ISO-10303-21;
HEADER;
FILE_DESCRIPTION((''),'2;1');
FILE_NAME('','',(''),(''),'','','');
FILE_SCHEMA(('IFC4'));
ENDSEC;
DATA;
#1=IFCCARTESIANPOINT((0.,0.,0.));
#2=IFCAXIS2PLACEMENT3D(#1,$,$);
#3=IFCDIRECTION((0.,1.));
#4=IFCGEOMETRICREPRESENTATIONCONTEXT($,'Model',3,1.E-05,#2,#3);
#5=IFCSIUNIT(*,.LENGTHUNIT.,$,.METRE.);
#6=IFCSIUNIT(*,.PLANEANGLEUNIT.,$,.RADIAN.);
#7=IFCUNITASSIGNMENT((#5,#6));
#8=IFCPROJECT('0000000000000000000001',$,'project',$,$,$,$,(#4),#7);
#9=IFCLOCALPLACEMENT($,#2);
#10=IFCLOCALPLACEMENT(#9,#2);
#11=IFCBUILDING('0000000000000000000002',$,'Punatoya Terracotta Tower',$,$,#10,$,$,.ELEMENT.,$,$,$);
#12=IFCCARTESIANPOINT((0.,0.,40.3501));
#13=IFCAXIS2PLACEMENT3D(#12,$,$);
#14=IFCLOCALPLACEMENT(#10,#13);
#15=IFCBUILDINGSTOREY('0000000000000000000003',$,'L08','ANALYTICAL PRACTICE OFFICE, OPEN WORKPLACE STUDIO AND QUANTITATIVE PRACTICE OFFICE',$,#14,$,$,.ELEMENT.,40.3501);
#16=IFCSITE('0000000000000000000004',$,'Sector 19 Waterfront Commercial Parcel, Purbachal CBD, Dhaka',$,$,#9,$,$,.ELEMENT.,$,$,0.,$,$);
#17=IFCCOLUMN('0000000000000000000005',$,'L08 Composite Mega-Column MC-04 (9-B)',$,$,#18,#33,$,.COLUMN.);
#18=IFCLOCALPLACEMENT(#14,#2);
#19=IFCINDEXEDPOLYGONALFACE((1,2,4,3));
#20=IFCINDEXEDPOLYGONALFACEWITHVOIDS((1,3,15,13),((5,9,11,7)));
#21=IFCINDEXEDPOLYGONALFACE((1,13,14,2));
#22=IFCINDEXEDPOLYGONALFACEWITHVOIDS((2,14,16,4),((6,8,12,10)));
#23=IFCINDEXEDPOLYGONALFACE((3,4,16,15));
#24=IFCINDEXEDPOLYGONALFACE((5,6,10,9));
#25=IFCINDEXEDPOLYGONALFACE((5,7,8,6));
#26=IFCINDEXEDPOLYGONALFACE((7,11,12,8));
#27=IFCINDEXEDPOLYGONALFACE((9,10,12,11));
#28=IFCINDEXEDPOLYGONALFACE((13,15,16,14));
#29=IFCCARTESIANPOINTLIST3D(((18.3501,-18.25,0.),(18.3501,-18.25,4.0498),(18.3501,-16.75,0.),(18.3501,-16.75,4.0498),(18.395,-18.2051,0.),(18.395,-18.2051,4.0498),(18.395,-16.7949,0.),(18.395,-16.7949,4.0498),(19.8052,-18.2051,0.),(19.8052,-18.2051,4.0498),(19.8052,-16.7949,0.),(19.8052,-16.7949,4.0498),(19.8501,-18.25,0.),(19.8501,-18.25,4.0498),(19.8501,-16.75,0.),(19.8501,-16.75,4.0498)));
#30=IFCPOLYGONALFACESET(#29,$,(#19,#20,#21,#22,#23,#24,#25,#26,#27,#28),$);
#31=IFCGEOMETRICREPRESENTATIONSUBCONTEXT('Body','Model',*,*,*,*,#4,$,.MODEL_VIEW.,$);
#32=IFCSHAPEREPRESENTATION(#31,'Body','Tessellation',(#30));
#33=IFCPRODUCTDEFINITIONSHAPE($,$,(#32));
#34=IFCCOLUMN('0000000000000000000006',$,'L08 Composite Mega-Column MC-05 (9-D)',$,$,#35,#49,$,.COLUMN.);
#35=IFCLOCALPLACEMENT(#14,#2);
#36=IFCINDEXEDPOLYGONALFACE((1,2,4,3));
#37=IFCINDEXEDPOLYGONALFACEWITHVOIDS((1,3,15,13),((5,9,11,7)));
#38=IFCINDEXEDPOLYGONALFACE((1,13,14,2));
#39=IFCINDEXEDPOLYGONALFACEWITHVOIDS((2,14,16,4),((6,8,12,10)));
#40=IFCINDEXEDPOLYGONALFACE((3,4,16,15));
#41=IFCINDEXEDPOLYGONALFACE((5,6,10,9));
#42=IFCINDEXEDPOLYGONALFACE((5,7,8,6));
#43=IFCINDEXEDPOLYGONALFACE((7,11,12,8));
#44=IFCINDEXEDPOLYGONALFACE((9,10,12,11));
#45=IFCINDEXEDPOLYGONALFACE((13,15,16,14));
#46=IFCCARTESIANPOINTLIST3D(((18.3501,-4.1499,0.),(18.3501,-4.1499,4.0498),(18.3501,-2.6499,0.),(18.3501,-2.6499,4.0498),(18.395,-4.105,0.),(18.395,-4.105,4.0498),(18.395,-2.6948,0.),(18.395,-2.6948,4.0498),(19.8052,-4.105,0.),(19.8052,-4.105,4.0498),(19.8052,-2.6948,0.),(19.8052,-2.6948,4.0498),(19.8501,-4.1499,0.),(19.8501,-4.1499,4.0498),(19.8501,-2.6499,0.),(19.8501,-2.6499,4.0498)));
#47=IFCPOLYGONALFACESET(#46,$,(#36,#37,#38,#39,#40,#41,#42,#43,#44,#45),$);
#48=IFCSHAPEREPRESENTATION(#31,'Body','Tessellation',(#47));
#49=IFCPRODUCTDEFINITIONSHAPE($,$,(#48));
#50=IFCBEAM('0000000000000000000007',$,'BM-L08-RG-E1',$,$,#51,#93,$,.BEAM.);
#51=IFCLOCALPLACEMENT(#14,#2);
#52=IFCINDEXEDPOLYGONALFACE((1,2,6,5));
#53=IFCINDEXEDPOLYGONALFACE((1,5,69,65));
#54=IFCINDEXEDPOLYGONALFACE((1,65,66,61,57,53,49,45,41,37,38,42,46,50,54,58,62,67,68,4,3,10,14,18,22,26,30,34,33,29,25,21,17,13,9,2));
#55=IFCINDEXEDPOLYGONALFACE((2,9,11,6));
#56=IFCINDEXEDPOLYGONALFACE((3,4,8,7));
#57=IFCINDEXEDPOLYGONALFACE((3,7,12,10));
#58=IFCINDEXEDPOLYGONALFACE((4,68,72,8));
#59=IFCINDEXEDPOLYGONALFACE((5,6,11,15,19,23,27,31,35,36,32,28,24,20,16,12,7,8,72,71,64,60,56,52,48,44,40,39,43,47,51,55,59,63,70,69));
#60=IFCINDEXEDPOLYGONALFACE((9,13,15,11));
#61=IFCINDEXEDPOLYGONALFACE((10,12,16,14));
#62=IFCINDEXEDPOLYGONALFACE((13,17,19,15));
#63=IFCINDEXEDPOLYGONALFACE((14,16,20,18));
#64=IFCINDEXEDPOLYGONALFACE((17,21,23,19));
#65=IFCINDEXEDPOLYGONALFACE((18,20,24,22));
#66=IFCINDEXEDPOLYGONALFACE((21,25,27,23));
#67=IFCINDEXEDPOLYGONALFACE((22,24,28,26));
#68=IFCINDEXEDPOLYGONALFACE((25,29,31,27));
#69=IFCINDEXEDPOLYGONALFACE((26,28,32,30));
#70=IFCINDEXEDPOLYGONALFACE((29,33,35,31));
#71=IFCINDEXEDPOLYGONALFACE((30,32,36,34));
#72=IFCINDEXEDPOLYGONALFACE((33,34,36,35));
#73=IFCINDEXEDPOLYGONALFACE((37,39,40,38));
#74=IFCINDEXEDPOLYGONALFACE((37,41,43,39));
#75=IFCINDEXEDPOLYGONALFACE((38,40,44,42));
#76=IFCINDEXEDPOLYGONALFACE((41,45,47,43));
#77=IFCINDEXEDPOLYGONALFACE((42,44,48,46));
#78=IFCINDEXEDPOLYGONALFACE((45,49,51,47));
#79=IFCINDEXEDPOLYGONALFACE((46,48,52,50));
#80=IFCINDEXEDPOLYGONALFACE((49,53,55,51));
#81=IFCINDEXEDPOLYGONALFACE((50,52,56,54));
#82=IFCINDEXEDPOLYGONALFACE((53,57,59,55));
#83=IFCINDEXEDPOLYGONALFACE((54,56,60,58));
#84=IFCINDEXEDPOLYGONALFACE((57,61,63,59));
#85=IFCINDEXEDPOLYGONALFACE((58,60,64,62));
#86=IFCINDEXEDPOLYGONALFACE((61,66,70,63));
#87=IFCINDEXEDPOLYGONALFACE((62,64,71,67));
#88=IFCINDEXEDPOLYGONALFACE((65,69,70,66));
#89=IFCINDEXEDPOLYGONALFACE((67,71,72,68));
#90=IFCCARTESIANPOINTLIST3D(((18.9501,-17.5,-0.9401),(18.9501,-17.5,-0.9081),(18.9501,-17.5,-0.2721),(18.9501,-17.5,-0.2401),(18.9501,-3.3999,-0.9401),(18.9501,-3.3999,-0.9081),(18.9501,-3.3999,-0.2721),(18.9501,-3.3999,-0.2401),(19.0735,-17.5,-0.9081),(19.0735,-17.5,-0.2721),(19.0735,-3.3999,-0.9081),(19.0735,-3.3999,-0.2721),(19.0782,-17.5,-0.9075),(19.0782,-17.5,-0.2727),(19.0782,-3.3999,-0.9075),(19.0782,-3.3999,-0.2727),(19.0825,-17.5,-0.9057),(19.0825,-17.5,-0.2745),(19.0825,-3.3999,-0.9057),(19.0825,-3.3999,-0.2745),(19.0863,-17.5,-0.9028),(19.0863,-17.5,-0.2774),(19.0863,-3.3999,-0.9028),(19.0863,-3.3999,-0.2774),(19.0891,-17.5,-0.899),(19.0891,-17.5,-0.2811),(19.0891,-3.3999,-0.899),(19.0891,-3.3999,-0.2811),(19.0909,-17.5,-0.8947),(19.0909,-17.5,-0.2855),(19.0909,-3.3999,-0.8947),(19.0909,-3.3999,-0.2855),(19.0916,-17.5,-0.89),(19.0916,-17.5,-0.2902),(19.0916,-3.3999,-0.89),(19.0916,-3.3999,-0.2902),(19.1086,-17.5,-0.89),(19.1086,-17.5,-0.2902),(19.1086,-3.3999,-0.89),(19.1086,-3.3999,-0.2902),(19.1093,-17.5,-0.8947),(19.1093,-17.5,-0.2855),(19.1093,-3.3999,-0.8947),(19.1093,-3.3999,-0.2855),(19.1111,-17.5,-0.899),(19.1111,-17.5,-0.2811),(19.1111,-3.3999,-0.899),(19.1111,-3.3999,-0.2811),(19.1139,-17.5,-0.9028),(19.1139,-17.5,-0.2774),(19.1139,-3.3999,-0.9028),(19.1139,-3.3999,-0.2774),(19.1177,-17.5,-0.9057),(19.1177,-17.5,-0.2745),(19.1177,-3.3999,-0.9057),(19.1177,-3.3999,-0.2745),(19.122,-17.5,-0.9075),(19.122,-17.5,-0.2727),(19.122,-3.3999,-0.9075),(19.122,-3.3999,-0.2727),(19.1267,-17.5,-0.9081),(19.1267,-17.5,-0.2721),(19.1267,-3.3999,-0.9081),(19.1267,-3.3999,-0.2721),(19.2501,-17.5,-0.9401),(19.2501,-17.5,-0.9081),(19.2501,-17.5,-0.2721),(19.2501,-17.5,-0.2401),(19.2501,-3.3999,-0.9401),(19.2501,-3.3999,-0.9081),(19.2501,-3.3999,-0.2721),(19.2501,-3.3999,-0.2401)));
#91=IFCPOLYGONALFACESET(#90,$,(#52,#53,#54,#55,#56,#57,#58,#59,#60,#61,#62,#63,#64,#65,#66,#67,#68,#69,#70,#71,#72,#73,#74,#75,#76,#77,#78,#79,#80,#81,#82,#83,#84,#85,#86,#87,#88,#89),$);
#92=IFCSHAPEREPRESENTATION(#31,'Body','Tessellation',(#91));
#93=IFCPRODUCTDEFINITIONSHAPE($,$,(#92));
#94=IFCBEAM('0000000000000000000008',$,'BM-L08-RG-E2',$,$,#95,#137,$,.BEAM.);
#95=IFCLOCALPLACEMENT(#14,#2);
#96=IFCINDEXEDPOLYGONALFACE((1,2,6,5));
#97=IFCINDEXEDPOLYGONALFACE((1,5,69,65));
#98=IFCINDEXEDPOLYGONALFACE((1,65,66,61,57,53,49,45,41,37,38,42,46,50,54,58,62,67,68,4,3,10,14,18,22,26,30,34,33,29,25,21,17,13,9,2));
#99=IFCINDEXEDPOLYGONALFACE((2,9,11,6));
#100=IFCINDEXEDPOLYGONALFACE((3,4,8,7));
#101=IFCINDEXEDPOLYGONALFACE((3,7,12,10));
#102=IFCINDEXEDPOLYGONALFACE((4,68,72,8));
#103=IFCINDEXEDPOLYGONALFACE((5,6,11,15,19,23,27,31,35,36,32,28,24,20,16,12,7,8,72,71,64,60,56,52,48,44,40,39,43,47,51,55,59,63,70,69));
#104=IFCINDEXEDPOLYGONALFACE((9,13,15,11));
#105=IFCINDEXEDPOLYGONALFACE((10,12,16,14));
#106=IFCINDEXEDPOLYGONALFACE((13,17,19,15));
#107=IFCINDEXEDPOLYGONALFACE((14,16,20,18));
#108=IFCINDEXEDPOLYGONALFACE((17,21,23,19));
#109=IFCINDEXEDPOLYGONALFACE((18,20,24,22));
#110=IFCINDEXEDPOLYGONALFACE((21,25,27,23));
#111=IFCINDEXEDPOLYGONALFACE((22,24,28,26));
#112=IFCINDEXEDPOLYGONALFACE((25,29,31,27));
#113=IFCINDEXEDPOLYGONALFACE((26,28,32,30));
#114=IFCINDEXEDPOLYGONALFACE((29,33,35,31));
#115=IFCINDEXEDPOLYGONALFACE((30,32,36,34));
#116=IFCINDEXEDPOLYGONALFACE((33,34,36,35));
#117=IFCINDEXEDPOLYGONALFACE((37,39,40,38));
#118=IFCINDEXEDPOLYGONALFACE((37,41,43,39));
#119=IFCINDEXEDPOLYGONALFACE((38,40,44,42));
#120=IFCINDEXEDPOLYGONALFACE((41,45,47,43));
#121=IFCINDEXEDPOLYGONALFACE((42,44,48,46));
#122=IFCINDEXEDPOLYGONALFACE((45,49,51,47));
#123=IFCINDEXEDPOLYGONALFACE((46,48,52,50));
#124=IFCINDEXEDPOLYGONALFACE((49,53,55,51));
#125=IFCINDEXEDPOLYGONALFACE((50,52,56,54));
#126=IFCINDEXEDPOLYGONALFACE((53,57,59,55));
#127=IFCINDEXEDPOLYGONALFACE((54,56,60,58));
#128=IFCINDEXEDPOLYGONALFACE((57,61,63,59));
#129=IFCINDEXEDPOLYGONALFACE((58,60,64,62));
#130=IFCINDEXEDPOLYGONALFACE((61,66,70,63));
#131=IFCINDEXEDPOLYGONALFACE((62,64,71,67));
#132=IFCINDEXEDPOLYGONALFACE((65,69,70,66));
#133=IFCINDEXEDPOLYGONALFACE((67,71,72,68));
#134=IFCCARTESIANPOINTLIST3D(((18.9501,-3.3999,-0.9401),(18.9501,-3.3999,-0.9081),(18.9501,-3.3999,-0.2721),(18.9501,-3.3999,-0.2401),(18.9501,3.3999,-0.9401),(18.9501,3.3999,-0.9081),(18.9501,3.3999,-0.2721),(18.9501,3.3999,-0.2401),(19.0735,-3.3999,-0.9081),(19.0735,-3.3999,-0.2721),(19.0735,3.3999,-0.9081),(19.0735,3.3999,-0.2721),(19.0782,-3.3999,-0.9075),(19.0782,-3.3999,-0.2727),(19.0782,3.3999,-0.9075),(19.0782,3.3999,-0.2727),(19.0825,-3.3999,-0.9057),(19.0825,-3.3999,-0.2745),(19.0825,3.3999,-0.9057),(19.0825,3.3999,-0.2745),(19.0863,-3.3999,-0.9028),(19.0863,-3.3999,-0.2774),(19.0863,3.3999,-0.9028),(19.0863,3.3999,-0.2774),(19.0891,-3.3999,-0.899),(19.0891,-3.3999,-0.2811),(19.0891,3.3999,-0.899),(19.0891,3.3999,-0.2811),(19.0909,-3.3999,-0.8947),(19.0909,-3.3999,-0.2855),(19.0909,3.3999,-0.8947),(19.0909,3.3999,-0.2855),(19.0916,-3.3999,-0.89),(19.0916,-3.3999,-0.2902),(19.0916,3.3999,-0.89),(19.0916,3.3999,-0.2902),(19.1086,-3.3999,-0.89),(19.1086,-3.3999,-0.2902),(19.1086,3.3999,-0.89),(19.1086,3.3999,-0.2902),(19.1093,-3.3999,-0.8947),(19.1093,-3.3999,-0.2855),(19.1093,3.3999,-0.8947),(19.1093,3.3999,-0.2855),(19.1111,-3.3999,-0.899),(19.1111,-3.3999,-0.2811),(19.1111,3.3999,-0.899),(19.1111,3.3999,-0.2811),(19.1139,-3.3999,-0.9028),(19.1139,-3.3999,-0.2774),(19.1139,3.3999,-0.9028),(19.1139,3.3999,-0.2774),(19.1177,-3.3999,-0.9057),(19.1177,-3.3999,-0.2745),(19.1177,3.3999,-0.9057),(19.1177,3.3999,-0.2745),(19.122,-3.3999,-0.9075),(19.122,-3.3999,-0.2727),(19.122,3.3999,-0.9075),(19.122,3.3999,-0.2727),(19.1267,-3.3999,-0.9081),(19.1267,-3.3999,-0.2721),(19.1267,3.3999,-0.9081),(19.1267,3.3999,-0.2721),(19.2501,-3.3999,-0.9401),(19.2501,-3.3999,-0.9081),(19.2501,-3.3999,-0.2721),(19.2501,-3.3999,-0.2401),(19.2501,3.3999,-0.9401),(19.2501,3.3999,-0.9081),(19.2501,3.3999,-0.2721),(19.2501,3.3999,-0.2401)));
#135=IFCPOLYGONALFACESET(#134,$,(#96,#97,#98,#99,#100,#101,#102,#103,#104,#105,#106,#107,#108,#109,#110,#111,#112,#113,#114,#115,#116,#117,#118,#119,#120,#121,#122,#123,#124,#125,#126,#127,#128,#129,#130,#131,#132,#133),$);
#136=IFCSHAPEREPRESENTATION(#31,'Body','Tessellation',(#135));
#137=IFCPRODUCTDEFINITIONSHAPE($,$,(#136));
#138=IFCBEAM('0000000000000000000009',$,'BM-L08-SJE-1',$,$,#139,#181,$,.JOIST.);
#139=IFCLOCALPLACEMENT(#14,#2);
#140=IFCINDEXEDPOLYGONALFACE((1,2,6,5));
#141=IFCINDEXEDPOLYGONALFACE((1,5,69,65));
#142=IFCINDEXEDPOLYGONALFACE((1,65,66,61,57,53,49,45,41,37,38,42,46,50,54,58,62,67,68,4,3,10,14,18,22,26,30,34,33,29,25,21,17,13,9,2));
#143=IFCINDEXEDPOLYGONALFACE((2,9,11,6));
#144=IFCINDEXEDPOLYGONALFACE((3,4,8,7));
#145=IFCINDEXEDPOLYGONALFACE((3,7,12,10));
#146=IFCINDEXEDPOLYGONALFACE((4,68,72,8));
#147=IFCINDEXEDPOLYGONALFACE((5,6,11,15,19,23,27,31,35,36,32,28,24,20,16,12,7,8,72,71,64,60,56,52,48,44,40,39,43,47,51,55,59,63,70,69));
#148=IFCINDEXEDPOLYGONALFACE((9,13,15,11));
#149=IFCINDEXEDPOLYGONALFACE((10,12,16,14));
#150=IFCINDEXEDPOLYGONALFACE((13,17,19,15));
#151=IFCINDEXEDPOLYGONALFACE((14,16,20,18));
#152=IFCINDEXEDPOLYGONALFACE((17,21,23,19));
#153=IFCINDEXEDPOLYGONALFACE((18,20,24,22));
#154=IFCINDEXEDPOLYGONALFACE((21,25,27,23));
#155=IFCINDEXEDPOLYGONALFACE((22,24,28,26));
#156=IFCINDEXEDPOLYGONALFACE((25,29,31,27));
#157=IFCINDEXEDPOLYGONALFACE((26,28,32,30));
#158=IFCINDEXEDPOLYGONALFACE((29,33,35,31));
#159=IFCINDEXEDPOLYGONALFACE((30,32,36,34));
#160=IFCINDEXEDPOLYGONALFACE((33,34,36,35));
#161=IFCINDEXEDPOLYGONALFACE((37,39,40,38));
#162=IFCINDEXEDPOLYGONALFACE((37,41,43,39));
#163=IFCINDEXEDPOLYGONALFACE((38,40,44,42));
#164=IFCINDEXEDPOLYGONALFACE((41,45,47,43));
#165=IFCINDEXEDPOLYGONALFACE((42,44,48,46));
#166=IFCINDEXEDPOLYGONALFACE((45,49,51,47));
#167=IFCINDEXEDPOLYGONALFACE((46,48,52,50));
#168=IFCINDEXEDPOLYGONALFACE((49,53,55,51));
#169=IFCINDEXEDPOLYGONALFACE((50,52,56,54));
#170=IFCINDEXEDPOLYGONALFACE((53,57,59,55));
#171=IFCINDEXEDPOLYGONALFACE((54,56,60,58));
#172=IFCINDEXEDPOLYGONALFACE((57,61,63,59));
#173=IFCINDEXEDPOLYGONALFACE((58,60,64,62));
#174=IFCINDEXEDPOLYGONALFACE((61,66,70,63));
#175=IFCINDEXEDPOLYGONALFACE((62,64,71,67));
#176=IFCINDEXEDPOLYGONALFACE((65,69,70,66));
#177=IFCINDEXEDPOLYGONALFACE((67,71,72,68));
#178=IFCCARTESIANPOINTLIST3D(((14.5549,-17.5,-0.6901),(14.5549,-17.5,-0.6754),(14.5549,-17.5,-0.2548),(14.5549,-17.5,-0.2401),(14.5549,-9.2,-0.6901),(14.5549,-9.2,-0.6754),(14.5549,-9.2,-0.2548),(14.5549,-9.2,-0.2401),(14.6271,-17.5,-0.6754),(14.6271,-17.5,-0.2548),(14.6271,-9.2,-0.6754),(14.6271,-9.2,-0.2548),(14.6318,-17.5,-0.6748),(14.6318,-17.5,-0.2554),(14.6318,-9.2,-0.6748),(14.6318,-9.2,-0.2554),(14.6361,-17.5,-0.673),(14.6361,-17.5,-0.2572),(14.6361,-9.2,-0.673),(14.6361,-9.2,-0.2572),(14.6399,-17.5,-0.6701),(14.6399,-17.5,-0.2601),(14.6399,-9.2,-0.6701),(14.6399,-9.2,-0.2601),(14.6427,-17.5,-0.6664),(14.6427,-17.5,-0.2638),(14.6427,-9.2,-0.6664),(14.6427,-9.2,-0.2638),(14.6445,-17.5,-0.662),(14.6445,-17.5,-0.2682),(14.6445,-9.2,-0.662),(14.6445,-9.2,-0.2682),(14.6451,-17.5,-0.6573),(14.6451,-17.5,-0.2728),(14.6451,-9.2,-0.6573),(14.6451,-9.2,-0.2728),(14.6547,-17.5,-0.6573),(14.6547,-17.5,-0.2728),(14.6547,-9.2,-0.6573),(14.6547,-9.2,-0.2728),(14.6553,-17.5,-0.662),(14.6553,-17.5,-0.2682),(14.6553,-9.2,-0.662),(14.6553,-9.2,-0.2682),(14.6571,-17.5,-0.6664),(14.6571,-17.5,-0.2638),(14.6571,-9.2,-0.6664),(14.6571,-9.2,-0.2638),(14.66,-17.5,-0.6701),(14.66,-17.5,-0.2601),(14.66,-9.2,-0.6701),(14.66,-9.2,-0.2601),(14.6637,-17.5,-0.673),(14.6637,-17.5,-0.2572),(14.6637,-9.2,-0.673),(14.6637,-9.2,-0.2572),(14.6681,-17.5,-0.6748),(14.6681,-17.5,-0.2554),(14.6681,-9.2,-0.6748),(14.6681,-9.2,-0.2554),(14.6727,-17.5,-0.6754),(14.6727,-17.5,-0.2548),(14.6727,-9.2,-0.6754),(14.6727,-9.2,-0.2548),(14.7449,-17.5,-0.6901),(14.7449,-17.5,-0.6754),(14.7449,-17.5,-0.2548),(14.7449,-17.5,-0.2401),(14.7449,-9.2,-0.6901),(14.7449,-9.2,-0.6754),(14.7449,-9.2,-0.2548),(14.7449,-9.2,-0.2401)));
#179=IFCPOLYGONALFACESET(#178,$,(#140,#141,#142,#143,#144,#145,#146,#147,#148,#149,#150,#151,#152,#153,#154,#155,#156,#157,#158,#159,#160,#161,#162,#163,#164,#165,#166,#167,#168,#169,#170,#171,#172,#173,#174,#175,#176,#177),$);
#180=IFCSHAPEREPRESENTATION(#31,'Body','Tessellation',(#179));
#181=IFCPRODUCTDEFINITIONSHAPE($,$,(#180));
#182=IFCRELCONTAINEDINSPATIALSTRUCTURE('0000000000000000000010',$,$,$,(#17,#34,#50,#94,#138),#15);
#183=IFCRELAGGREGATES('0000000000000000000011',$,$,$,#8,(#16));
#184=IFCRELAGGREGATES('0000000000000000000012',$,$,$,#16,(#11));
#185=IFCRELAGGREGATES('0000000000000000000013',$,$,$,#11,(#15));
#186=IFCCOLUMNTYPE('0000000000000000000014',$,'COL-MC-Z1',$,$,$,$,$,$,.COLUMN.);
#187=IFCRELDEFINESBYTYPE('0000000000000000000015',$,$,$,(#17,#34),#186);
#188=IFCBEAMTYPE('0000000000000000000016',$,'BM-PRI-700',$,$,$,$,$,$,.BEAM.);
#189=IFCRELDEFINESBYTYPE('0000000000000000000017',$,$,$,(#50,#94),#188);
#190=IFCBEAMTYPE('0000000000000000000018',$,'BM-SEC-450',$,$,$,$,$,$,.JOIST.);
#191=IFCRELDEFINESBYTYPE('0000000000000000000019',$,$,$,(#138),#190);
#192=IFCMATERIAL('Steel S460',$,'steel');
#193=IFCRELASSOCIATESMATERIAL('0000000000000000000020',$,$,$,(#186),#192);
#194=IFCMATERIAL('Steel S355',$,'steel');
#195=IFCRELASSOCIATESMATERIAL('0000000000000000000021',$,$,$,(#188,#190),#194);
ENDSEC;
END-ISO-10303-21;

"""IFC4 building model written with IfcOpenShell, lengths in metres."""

from ifc_helpers import new_model, si_unit, direction, frame, origin, origin_2d, place, context, subcontext, project, spatial, hollow_rectangle, i_section, extrude, material, material_profile, profile_set, type_object, element, save


model = new_model("IFC4")

# Units and contexts
model_context = context("Model", 3, precision=1e-05, world=origin(), true_north=direction((0.0, 1.0)))
body_context = subcontext(model_context, "Body", "Model", "MODEL_VIEW")
ifc_project = project(units=[si_unit("LENGTHUNIT", "METRE"), si_unit("PLANEANGLEUNIT", "RADIAN")], contexts=[model_context])

# Site, building, storey
site_placement = place(None, origin())
site = spatial("IfcSite", under=ifc_project, at=site_placement, Name="Sector 19 Waterfront Commercial Parcel, Purbachal CBD, Dhaka", CompositionType="ELEMENT", RefElevation=0.0)
building_placement = place(site_placement, origin())
building = spatial("IfcBuilding", under=site, at=building_placement, Name="Punatoya Terracotta Tower", CompositionType="ELEMENT")
storey_placement = place(building_placement, frame((0.0, 0.0, 40.3501)))
storey = spatial("IfcBuildingStorey", under=building, at=storey_placement, Name="L08", Description="ANALYTICAL PRACTICE OFFICE, OPEN WORKPLACE STUDIO AND QUANTITATIVE PRACTICE OFFICE", CompositionType="ELEMENT", Elevation=40.3501)

# Columns
ifc_material_1 = material(Name="Steel S460", Category="steel")
ifc_material_profile_1 = material_profile(ifc_material_1, hollow_rectangle(XDim=1.5, YDim=1.5, WallThickness=0.0449, at=origin_2d()))
ifc_profile_set_1 = profile_set([ifc_material_profile_1], Name="Steel S460")
column_type = type_object("IfcColumnType", Name="COL-MC-Z1", PredefinedType="COLUMN", material=ifc_profile_set_1)
for number, where, z_axis, x_axis, name in (
    (1, (19.1001, -17.5, 0.0), (0.0, 0.0, 1.0), (1.0, 0.0, 0.0), "L08 Composite Mega-Column MC-04 (9-B)"),
    (2, (19.1001, -3.3999, 0.0), (0.0, 0.0, 1.0), (1.0, 0.0, 0.0), "L08 Composite Mega-Column MC-05 (9-D)"),
):
    element("IfcColumn", number, at=place(storey_placement, frame(where, z_axis=z_axis, x_axis=x_axis)), inside=storey, type_object=column_type, Name=name, PredefinedType="COLUMN", context=body_context, shape_type="SweptSolid", body=[
        extrude(hollow_rectangle(XDim=1.5, YDim=1.5, WallThickness=0.0449, at=origin_2d()), origin(), (0.0, 0.0, 1.0), 4.0498),
    ])

# Beams
ifc_material_2 = material(Name="Steel S355", Category="steel")
ifc_material_profile_2 = material_profile(ifc_material_2, i_section(OverallWidth=0.3, OverallDepth=0.7, WebThickness=0.0171, FlangeThickness=0.032, FilletRadius=0.0181, at=origin_2d()))
ifc_profile_set_2 = profile_set([ifc_material_profile_2], Name="Steel S355")
beam_type_1 = type_object("IfcBeamType", Name="BM-PRI-700", PredefinedType="BEAM", material=ifc_profile_set_2)
beam_1_placement = place(storey_placement, frame((19.1001, -17.5, -0.5901), z_axis=(0.0, 1.0, 0.0), x_axis=(-1.0, 0.0, 0.0)))
element("IfcBeam", 3, at=beam_1_placement, inside=storey, type_object=beam_type_1, Name="BM-L08-RG-E1", PredefinedType="BEAM", context=body_context, shape_type="SweptSolid", body=[
    extrude(i_section(OverallWidth=0.3, OverallDepth=0.7, WebThickness=0.0171, FlangeThickness=0.032, FilletRadius=0.0181, at=origin_2d()), origin(), (0.0, 0.0, 1.0), 14.1001),
])
beam_2_placement = place(storey_placement, frame((19.1001, -3.3999, -0.5901), z_axis=(0.0, 1.0, 0.0), x_axis=(-1.0, 0.0, 0.0)))
element("IfcBeam", 4, at=beam_2_placement, inside=storey, type_object=beam_type_1, Name="BM-L08-RG-E2", PredefinedType="BEAM", context=body_context, shape_type="SweptSolid", body=[
    extrude(i_section(OverallWidth=0.3, OverallDepth=0.7, WebThickness=0.0171, FlangeThickness=0.032, FilletRadius=0.0181, at=origin_2d()), origin(), (0.0, 0.0, 1.0), 6.7998),
])
ifc_material_profile_3 = material_profile(ifc_material_2, i_section(OverallWidth=0.1899, OverallDepth=0.45, WebThickness=0.0095, FlangeThickness=0.0146, FilletRadius=0.0181, at=origin_2d()))
ifc_profile_set_3 = profile_set([ifc_material_profile_3], Name="Steel S355")
beam_type_2 = type_object("IfcBeamType", Name="BM-SEC-450", PredefinedType="JOIST", material=ifc_profile_set_3)
beam_3_placement = place(storey_placement, frame((14.6499, -17.5, -0.4651), z_axis=(0.0, 1.0, 0.0), x_axis=(-1.0, 0.0, 0.0)))
element("IfcBeam", 5, at=beam_3_placement, inside=storey, type_object=beam_type_2, Name="BM-L08-SJE-1", PredefinedType="JOIST", context=body_context, shape_type="SweptSolid", body=[
    extrude(i_section(OverallWidth=0.1899, OverallDepth=0.45, WebThickness=0.0095, FlangeThickness=0.0146, FilletRadius=0.0181, at=origin_2d()), origin(), (0.0, 0.0, 1.0), 8.3),
])

save(model, "model.ifc")
